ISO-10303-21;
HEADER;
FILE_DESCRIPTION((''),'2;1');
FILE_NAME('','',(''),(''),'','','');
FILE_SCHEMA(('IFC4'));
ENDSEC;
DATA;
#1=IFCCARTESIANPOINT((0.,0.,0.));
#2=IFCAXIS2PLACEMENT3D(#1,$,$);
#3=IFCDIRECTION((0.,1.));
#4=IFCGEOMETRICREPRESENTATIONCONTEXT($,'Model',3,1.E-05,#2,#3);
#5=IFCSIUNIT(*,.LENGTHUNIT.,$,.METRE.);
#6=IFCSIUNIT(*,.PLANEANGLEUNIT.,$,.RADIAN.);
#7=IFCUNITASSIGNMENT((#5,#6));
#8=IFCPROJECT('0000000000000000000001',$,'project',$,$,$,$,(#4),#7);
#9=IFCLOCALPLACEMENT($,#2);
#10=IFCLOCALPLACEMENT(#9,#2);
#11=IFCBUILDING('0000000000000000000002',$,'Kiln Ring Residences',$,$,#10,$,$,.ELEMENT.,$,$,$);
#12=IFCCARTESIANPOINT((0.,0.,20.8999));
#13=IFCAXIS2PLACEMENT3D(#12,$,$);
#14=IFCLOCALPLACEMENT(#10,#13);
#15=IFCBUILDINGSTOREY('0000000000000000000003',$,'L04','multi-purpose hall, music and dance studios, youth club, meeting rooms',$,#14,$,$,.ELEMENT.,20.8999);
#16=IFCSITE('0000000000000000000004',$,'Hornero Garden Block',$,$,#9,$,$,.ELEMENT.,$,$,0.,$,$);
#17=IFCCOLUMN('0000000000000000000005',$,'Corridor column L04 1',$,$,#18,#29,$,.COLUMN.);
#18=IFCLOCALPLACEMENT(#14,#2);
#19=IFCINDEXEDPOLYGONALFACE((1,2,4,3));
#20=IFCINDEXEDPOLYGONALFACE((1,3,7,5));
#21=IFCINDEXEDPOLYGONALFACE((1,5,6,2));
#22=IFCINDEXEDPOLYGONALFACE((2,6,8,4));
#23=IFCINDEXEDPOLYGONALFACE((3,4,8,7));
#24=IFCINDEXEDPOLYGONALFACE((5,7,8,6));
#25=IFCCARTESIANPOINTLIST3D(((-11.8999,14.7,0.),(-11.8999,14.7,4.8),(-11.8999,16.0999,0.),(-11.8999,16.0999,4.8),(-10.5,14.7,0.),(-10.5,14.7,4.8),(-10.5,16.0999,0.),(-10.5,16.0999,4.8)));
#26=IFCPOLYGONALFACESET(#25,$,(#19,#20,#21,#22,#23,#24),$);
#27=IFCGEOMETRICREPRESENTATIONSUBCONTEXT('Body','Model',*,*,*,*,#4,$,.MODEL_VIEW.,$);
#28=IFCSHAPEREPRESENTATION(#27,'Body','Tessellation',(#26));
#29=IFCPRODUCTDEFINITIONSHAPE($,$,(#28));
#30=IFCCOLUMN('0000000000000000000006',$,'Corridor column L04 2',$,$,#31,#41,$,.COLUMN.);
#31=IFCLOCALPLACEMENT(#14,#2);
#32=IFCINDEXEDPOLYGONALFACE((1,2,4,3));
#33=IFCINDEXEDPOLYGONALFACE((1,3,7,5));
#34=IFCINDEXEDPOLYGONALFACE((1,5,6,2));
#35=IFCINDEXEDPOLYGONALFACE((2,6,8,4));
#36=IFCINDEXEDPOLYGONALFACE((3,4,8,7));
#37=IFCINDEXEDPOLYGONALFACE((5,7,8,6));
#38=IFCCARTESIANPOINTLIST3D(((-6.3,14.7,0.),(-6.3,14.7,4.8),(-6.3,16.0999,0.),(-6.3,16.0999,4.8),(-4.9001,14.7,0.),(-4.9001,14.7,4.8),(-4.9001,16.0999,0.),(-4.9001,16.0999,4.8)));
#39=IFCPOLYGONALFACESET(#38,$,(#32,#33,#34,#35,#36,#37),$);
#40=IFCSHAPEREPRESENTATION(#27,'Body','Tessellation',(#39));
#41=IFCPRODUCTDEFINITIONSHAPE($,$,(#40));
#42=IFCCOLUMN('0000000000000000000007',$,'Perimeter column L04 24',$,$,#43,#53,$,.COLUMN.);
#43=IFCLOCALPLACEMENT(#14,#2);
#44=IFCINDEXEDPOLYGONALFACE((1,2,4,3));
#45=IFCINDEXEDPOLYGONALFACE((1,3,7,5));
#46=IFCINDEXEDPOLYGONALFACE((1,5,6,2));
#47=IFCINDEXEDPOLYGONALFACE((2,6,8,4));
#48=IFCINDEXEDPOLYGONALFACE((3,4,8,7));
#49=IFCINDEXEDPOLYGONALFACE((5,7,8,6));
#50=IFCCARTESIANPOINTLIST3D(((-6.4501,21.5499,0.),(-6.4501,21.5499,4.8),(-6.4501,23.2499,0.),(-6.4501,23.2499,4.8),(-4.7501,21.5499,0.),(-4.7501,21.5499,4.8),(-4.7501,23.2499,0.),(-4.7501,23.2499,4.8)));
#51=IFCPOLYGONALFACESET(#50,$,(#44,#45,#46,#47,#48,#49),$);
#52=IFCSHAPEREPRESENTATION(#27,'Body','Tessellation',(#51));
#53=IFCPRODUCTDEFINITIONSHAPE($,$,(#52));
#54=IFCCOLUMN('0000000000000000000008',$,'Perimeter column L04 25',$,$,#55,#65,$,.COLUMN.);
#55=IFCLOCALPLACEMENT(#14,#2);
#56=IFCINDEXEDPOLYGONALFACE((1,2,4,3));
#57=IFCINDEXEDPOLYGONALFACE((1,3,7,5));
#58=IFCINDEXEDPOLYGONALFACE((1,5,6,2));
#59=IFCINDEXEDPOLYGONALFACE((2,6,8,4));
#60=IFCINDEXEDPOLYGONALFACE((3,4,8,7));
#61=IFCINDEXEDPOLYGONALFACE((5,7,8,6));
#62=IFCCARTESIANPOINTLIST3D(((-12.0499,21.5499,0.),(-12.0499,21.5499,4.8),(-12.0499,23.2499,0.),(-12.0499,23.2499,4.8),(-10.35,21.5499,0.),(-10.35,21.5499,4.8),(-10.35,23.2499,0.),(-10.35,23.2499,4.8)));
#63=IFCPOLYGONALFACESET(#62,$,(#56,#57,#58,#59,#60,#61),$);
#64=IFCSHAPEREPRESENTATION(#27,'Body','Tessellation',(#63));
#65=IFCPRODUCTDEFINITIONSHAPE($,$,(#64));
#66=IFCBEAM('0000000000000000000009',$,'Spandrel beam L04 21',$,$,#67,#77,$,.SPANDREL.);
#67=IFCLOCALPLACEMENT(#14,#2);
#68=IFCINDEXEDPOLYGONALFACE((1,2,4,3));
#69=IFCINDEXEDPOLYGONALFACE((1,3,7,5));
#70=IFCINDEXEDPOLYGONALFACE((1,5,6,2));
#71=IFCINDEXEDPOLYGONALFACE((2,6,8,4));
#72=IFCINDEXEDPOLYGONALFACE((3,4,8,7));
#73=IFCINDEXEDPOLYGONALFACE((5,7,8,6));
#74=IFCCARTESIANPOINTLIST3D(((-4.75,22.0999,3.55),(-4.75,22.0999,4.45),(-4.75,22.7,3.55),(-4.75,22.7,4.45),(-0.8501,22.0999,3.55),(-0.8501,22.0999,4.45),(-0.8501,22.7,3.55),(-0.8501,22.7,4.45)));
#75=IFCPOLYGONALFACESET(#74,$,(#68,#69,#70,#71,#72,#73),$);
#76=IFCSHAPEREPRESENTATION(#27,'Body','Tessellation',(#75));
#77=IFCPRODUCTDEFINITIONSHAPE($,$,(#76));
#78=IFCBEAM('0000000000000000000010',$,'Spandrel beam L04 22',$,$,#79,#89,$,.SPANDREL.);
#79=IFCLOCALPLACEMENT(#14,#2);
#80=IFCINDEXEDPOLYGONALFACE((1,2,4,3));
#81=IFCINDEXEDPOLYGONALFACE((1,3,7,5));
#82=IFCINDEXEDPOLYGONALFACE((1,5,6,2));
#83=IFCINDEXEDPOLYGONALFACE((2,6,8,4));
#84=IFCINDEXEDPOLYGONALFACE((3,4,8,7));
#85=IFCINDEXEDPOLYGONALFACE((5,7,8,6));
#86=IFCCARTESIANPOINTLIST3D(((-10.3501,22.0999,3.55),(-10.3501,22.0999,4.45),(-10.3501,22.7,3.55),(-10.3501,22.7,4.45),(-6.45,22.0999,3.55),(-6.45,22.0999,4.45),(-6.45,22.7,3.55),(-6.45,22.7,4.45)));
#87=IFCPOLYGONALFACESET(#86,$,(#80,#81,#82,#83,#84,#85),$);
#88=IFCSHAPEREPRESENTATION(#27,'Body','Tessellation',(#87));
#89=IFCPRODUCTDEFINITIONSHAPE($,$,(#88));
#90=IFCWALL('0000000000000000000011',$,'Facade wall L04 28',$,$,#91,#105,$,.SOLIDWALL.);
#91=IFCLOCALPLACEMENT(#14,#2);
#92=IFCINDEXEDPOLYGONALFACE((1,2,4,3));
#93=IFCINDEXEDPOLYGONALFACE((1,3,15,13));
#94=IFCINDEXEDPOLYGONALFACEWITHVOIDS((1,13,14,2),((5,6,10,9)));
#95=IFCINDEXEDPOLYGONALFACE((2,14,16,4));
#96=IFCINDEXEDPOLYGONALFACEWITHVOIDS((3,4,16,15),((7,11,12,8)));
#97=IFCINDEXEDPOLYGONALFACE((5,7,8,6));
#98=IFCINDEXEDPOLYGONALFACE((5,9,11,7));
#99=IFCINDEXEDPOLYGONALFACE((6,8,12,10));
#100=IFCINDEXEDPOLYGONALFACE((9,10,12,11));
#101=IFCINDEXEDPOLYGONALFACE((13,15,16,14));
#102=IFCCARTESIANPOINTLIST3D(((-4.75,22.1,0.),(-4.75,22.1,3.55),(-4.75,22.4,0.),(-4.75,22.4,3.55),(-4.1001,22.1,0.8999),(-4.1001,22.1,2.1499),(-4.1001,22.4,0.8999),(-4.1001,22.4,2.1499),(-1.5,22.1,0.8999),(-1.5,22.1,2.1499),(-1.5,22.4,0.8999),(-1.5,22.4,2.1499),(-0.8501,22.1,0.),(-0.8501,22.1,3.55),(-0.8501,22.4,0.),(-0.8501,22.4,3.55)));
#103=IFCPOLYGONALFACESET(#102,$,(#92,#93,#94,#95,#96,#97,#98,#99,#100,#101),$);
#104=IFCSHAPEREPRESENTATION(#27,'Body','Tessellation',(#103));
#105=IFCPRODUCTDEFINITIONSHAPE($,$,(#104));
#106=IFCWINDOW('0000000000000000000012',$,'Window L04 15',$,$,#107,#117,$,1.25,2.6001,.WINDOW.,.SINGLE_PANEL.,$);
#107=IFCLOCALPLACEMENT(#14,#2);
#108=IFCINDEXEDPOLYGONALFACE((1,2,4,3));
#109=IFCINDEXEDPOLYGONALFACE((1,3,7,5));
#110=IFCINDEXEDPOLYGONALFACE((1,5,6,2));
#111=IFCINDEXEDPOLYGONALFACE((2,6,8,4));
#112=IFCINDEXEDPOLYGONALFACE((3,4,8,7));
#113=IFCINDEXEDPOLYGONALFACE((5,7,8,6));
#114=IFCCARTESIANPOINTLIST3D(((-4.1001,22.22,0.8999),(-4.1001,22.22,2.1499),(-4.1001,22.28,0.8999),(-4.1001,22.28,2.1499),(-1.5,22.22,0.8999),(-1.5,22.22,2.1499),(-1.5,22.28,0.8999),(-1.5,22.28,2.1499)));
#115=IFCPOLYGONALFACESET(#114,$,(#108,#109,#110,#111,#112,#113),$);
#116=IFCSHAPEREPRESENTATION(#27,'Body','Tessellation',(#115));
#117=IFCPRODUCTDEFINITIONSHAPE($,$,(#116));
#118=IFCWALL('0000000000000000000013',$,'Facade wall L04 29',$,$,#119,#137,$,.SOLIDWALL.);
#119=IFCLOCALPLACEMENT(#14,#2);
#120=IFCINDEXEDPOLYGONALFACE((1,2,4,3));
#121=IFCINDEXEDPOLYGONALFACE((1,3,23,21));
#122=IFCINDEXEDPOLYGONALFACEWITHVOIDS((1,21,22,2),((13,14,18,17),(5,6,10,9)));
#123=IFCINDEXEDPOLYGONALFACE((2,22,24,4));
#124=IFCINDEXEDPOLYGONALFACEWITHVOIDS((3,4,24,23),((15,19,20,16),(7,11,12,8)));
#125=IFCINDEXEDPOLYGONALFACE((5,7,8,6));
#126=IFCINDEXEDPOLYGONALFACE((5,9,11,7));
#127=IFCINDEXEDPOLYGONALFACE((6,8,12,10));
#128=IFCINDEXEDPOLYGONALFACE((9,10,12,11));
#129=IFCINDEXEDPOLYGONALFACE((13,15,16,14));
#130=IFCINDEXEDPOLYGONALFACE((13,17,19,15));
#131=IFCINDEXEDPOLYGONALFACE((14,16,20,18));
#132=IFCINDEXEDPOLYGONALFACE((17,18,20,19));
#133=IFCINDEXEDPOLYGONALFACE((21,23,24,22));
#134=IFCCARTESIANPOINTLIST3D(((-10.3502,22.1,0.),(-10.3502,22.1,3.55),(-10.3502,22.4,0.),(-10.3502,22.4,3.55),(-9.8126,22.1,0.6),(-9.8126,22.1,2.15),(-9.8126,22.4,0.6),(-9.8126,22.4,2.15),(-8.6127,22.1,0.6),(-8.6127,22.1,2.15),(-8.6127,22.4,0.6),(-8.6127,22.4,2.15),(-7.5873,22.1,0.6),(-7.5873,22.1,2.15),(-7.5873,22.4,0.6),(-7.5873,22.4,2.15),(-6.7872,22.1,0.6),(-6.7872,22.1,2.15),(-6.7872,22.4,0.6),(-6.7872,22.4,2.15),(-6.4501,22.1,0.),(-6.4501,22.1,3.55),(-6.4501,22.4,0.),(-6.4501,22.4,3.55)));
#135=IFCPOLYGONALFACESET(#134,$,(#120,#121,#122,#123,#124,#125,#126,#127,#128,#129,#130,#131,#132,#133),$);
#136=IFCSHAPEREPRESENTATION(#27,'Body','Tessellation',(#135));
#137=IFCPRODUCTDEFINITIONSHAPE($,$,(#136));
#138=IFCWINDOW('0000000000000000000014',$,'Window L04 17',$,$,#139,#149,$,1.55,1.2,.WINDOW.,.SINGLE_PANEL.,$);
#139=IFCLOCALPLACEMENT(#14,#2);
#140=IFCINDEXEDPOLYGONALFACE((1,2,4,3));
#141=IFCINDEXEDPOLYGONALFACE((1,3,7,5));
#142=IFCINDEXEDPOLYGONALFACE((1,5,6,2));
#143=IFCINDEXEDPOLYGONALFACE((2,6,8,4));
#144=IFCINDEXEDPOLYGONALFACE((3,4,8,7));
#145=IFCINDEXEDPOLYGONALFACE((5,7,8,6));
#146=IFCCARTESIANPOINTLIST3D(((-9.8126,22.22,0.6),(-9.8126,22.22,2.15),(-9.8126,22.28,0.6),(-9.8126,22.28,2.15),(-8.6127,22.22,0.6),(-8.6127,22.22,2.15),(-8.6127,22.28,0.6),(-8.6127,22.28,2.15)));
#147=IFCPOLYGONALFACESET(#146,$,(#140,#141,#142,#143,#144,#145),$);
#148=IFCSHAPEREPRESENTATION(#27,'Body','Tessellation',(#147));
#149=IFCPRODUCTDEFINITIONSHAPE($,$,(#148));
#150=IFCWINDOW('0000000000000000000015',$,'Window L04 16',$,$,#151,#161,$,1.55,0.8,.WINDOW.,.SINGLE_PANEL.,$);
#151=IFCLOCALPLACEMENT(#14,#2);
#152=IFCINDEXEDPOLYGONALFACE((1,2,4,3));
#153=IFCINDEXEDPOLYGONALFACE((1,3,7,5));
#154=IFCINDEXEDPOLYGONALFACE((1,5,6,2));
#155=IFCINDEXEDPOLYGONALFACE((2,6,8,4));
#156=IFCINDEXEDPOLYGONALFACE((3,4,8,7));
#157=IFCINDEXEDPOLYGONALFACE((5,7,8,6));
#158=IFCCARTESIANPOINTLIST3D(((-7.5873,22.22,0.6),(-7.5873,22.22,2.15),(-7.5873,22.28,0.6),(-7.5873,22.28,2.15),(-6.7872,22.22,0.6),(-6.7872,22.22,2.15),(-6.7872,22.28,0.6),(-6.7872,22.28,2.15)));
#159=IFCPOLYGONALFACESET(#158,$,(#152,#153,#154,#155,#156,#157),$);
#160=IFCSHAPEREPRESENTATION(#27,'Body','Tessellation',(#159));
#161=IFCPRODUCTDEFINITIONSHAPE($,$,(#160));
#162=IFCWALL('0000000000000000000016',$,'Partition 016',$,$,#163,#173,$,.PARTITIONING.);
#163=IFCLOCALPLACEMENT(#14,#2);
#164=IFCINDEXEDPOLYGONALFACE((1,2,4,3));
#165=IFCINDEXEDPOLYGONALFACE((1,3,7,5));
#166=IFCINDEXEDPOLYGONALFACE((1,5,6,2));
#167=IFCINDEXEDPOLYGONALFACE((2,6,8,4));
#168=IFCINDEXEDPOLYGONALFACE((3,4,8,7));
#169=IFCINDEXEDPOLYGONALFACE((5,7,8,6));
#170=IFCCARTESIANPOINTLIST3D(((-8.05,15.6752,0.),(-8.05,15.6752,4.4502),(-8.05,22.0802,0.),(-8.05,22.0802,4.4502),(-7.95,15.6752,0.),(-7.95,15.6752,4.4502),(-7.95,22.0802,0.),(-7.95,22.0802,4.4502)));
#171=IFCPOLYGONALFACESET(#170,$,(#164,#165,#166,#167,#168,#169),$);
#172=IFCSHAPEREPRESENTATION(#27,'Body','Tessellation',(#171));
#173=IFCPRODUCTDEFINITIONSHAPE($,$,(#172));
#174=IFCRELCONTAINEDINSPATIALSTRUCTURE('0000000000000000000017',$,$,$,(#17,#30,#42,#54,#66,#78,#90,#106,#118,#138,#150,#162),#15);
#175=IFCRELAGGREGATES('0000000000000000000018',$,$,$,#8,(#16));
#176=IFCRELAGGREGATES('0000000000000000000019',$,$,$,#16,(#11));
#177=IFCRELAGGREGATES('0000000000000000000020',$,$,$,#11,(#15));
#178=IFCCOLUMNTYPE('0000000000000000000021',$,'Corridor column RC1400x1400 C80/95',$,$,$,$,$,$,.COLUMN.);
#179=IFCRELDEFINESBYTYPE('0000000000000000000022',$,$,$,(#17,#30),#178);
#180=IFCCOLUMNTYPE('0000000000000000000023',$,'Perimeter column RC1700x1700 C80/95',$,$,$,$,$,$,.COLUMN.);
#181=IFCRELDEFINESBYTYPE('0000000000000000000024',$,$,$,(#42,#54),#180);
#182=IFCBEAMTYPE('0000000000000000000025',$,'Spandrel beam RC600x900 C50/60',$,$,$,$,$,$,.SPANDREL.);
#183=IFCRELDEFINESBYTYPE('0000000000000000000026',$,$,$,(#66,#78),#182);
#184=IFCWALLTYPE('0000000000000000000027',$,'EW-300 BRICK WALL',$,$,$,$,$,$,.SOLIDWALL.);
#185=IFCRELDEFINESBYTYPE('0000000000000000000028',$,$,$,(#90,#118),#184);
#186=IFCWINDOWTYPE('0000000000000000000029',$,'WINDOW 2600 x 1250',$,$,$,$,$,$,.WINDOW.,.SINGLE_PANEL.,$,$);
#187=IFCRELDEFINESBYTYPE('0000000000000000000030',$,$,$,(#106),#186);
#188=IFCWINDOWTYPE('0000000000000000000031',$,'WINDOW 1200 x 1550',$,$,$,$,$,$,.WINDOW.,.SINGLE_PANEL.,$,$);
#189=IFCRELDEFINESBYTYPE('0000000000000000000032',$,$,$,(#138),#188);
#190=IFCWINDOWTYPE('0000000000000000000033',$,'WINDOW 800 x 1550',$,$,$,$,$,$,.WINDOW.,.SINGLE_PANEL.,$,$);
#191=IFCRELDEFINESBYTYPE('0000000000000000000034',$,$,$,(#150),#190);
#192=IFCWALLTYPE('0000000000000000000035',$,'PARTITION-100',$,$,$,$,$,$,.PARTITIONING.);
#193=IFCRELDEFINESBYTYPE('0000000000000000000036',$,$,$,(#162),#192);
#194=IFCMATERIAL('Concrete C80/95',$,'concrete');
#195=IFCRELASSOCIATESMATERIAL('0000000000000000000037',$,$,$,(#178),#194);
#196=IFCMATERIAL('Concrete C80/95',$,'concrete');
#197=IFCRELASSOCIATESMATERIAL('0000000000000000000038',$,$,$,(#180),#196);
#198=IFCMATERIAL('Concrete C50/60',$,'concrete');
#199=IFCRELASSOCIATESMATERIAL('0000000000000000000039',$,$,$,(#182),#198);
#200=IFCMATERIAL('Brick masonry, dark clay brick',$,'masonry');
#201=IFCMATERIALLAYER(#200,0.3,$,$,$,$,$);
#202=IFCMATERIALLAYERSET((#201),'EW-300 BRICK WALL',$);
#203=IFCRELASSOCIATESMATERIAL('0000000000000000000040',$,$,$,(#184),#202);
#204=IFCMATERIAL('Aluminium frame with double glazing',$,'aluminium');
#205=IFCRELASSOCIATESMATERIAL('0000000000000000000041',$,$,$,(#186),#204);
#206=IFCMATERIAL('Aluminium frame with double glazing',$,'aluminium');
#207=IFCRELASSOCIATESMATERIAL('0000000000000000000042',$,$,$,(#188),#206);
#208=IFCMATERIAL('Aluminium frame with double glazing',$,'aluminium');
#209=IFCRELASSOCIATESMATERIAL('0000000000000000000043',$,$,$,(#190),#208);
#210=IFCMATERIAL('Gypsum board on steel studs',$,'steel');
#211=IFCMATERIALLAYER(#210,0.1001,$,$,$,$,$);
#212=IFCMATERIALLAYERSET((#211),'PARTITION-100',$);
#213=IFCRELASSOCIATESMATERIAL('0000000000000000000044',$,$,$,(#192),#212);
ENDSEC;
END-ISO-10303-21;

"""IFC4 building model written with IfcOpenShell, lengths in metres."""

from ifc_helpers import new_model, si_unit, direction, frame, frame_2d, origin, origin_2d, place, context, subcontext, project, spatial, rectangle, extrude, material, layer, layer_set, material_profile, profile_set, type_object, element, fill, save


model = new_model("IFC4")

# Units and contexts
model_context = context("Model", 3, precision=1e-05, world=origin(), true_north=direction((0.0, 1.0)))
body_context = subcontext(model_context, "Body", "Model", "MODEL_VIEW")
ifc_project = project(units=[si_unit("LENGTHUNIT", "METRE"), si_unit("PLANEANGLEUNIT", "RADIAN")], contexts=[model_context])

# Site, building, storey
site_placement = place(None, origin())
site = spatial("IfcSite", under=ifc_project, at=site_placement, Name="Hornero Garden Block", CompositionType="ELEMENT", RefElevation=0.0)
building_placement = place(site_placement, origin())
building = spatial("IfcBuilding", under=site, at=building_placement, Name="Kiln Ring Residences", CompositionType="ELEMENT")
storey_placement = place(building_placement, frame((0.0, 0.0, 20.8999)))
storey = spatial("IfcBuildingStorey", under=building, at=storey_placement, Name="L04", Description="multi-purpose hall, music and dance studios, youth club, meeting rooms", CompositionType="ELEMENT", Elevation=20.8999)

# Columns
ifc_material_1 = material(Name="Concrete C80/95", Category="concrete")
ifc_material_profile_1 = material_profile(ifc_material_1, rectangle(XDim=1.3999, YDim=1.3999, at=origin_2d()), Name="RC1400x1400")
ifc_profile_set_1 = profile_set([ifc_material_profile_1], Name="Concrete C80/95")
column_type_1 = type_object("IfcColumnType", Name="Corridor column RC1400x1400 C80/95", PredefinedType="COLUMN", material=ifc_profile_set_1)
for number, where, z_axis, x_axis, name in (
    (1, (-11.2, 15.3999, 0.0), (0.0, 0.0, 1.0), (1.0, 0.0, 0.0), "Corridor column L04 1"),
    (2, (-5.6001, 15.3999, 0.0), (0.0, 0.0, 1.0), (1.0, 0.0, 0.0), "Corridor column L04 2"),
):
    element("IfcColumn", number, at=place(storey_placement, frame(where, z_axis=z_axis, x_axis=x_axis)), inside=storey, type_object=column_type_1, Name=name, PredefinedType="COLUMN", context=body_context, shape_type="SweptSolid", body=[
        extrude(rectangle(XDim=1.3999, YDim=1.3999, at=origin_2d()), origin(), (0.0, 0.0, 1.0), 4.8),
    ])
ifc_material_2 = material(Name="Concrete C80/95", Category="concrete")
ifc_material_profile_2 = material_profile(ifc_material_2, rectangle(XDim=1.7, YDim=1.7, at=origin_2d()), Name="RC1700x1700")
ifc_profile_set_2 = profile_set([ifc_material_profile_2], Name="Concrete C80/95")
column_type_2 = type_object("IfcColumnType", Name="Perimeter column RC1700x1700 C80/95", PredefinedType="COLUMN", material=ifc_profile_set_2)
for number, where, z_axis, x_axis, name in (
    (3, (-5.6001, 22.3999, 0.0), (0.0, 0.0, 1.0), (1.0, 0.0, 0.0), "Perimeter column L04 24"),
    (4, (-11.2, 22.3999, 0.0), (0.0, 0.0, 1.0), (1.0, 0.0, 0.0), "Perimeter column L04 25"),
):
    element("IfcColumn", number, at=place(storey_placement, frame(where, z_axis=z_axis, x_axis=x_axis)), inside=storey, type_object=column_type_2, Name=name, PredefinedType="COLUMN", context=body_context, shape_type="SweptSolid", body=[
        extrude(rectangle(XDim=1.7, YDim=1.7, at=origin_2d()), origin(), (0.0, 0.0, 1.0), 4.8),
    ])

# Beams
ifc_material_3 = material(Name="Concrete C50/60", Category="concrete")
ifc_material_profile_3 = material_profile(ifc_material_3, rectangle(XDim=0.6001, YDim=0.8999, at=origin_2d()), Name="RC600x900")
ifc_profile_set_3 = profile_set([ifc_material_profile_3], Name="Concrete C50/60")
beam_type = type_object("IfcBeamType", Name="Spandrel beam RC600x900 C50/60", PredefinedType="SPANDREL", material=ifc_profile_set_3)
beam_1_placement = place(storey_placement, frame((-0.8501, 22.3999, 4.0), z_axis=(-1.0, 0.0, 0.0), x_axis=(0.0, -1.0, 0.0)))
element("IfcBeam", 5, at=beam_1_placement, inside=storey, type_object=beam_type, Name="Spandrel beam L04 21", PredefinedType="SPANDREL", context=body_context, shape_type="SweptSolid", body=[
    extrude(rectangle(XDim=0.6001, YDim=0.8999, at=origin_2d()), origin(), (0.0, 0.0, 1.0), 3.8999),
])
beam_2_placement = place(storey_placement, frame((-6.45, 22.3999, 4.0), z_axis=(-1.0, 0.0, 0.0), x_axis=(0.0, -1.0, 0.0)))
element("IfcBeam", 6, at=beam_2_placement, inside=storey, type_object=beam_type, Name="Spandrel beam L04 22", PredefinedType="SPANDREL", context=body_context, shape_type="SweptSolid", body=[
    extrude(rectangle(XDim=0.6001, YDim=0.8999, at=origin_2d()), origin(), (0.0, 0.0, 1.0), 3.9001),
])

# Wall, opening, window
ifc_material_4 = material(Name="Brick masonry, dark clay brick", Category="masonry")
ifc_layer_1 = layer(ifc_material_4, 0.3)
ifc_layer_set_1 = layer_set([ifc_layer_1], Name="EW-300 BRICK WALL")
wall_type_1 = type_object("IfcWallType", Name="EW-300 BRICK WALL", PredefinedType="SOLIDWALL", material=ifc_layer_set_1)
wall_1_placement = place(storey_placement, frame((-0.8501, 22.25, 0.0), z_axis=(0.0, 0.0, 1.0), x_axis=(-1.0, 0.0, 0.0)))
wall_1 = element("IfcWall", 7, at=wall_1_placement, inside=storey, type_object=wall_type_1, Name="Facade wall L04 28", PredefinedType="SOLIDWALL", context=body_context, shape_type="SweptSolid", body=[
    extrude(rectangle(XDim=3.8999, YDim=0.3, at=frame_2d((1.95, 0.0))), origin(), (0.0, 0.0, 1.0), 3.55),
])
opening_1_placement = place(wall_1_placement, frame((0.6499, 0.0, 0.8999)))
opening_1 = element("IfcOpeningElement", 8, at=opening_1_placement, cuts=wall_1, PredefinedType="OPENING", context=body_context, shape_type="SweptSolid", body=[
    extrude(rectangle(XDim=2.6001, YDim=1.25, at=frame_2d((1.3, 0.625))), frame((0.0, 0.1599, 0.0), z_axis=(0.0, -1.0, 0.0), x_axis=(1.0, 0.0, 0.0)), (0.0, 0.0, 1.0), 0.3201),
])
ifc_material_5 = material(Name="Aluminium frame with double glazing", Category="aluminium")
window_type_1 = type_object("IfcWindowType", Name="WINDOW 2600 x 1250", PartitioningType="SINGLE_PANEL", PredefinedType="WINDOW", material=ifc_material_5)
window_1_placement = place(opening_1_placement, origin())
window_1 = element("IfcWindow", 9, at=window_1_placement, inside=storey, type_object=window_type_1, Name="Window L04 15", OverallHeight=1.25, OverallWidth=2.6001, PartitioningType="SINGLE_PANEL", PredefinedType="WINDOW", context=body_context, shape_type="SweptSolid", body=[
    extrude(rectangle(XDim=2.6001, YDim=1.25, at=frame_2d((1.3, 0.625))), frame((0.0, 0.03, 0.0), z_axis=(0.0, -1.0, 0.0), x_axis=(1.0, 0.0, 0.0)), (0.0, 0.0, 1.0), 0.0601),
])
fill(opening_1, window_1)

# Wall, openings, windows
wall_2_placement = place(storey_placement, frame((-6.45, 22.25, 0.0), z_axis=(0.0, 0.0, 1.0), x_axis=(-1.0, 0.0, 0.0)))
wall_2 = element("IfcWall", 10, at=wall_2_placement, inside=storey, type_object=wall_type_1, Name="Facade wall L04 29", PredefinedType="SOLIDWALL", context=body_context, shape_type="SweptSolid", body=[
    extrude(rectangle(XDim=3.9001, YDim=0.3, at=frame_2d((1.9502, 0.0))), origin(), (0.0, 0.0, 1.0), 3.55),
])
opening_2_placement = place(wall_2_placement, frame((0.3374, 0.0, 0.6001)))
opening_2 = element("IfcOpeningElement", 11, at=opening_2_placement, cuts=wall_2, PredefinedType="OPENING", context=body_context, shape_type="SweptSolid", body=[
    extrude(rectangle(XDim=0.8, YDim=1.55, at=frame_2d((0.3999, 0.7749))), frame((0.0, 0.1599, 0.0), z_axis=(0.0, -1.0, 0.0), x_axis=(1.0, 0.0, 0.0)), (0.0, 0.0, 1.0), 0.3201),
])
opening_3_placement = place(wall_2_placement, frame((2.1626, 0.0, 0.6001)))
opening_3 = element("IfcOpeningElement", 12, at=opening_3_placement, cuts=wall_2, PredefinedType="OPENING", context=body_context, shape_type="SweptSolid", body=[
    extrude(rectangle(XDim=1.2, YDim=1.55, at=frame_2d((0.6001, 0.7749))), frame((0.0, 0.1599, 0.0), z_axis=(0.0, -1.0, 0.0), x_axis=(1.0, 0.0, 0.0)), (0.0, 0.0, 1.0), 0.3201),
])
ifc_material_6 = material(Name="Aluminium frame with double glazing", Category="aluminium")
window_type_2 = type_object("IfcWindowType", Name="WINDOW 1200 x 1550", PartitioningType="SINGLE_PANEL", PredefinedType="WINDOW", material=ifc_material_6)
window_2_placement = place(opening_3_placement, origin())
window_2 = element("IfcWindow", 13, at=window_2_placement, inside=storey, type_object=window_type_2, Name="Window L04 17", OverallHeight=1.55, OverallWidth=1.2, PartitioningType="SINGLE_PANEL", PredefinedType="WINDOW", context=body_context, shape_type="SweptSolid", body=[
    extrude(rectangle(XDim=1.2, YDim=1.55, at=frame_2d((0.6001, 0.7749))), frame((0.0, 0.03, 0.0), z_axis=(0.0, -1.0, 0.0), x_axis=(1.0, 0.0, 0.0)), (0.0, 0.0, 1.0), 0.0601),
])
fill(opening_3, window_2)
ifc_material_7 = material(Name="Aluminium frame with double glazing", Category="aluminium")
window_type_3 = type_object("IfcWindowType", Name="WINDOW 800 x 1550", PartitioningType="SINGLE_PANEL", PredefinedType="WINDOW", material=ifc_material_7)
window_3_placement = place(opening_2_placement, origin())
window_3 = element("IfcWindow", 14, at=window_3_placement, inside=storey, type_object=window_type_3, Name="Window L04 16", OverallHeight=1.55, OverallWidth=0.8, PartitioningType="SINGLE_PANEL", PredefinedType="WINDOW", context=body_context, shape_type="SweptSolid", body=[
    extrude(rectangle(XDim=0.8, YDim=1.55, at=frame_2d((0.3999, 0.7749))), frame((0.0, 0.03, 0.0), z_axis=(0.0, -1.0, 0.0), x_axis=(1.0, 0.0, 0.0)), (0.0, 0.0, 1.0), 0.0601),
])
fill(opening_2, window_3)

# Wall
ifc_material_8 = material(Name="Gypsum board on steel studs", Category="steel")
ifc_layer_2 = layer(ifc_material_8, 0.1001)
ifc_layer_set_2 = layer_set([ifc_layer_2], Name="PARTITION-100")
wall_type_2 = type_object("IfcWallType", Name="PARTITION-100", PredefinedType="PARTITIONING", material=ifc_layer_set_2)
wall_3_placement = place(storey_placement, frame((-8.0, 15.675, 0.0), z_axis=(0.0, 0.0, 1.0), x_axis=(0.0, 1.0, 0.0)))
element("IfcWall", 15, at=wall_3_placement, inside=storey, type_object=wall_type_2, Name="Partition 016", PredefinedType="PARTITIONING", context=body_context, shape_type="SweptSolid", body=[
    extrude(rectangle(XDim=6.405, YDim=0.1001, at=frame_2d((3.2026, 0.0))), origin(), (0.0, 0.0, 1.0), 4.4502),
])

save(model, "model.ifc")
